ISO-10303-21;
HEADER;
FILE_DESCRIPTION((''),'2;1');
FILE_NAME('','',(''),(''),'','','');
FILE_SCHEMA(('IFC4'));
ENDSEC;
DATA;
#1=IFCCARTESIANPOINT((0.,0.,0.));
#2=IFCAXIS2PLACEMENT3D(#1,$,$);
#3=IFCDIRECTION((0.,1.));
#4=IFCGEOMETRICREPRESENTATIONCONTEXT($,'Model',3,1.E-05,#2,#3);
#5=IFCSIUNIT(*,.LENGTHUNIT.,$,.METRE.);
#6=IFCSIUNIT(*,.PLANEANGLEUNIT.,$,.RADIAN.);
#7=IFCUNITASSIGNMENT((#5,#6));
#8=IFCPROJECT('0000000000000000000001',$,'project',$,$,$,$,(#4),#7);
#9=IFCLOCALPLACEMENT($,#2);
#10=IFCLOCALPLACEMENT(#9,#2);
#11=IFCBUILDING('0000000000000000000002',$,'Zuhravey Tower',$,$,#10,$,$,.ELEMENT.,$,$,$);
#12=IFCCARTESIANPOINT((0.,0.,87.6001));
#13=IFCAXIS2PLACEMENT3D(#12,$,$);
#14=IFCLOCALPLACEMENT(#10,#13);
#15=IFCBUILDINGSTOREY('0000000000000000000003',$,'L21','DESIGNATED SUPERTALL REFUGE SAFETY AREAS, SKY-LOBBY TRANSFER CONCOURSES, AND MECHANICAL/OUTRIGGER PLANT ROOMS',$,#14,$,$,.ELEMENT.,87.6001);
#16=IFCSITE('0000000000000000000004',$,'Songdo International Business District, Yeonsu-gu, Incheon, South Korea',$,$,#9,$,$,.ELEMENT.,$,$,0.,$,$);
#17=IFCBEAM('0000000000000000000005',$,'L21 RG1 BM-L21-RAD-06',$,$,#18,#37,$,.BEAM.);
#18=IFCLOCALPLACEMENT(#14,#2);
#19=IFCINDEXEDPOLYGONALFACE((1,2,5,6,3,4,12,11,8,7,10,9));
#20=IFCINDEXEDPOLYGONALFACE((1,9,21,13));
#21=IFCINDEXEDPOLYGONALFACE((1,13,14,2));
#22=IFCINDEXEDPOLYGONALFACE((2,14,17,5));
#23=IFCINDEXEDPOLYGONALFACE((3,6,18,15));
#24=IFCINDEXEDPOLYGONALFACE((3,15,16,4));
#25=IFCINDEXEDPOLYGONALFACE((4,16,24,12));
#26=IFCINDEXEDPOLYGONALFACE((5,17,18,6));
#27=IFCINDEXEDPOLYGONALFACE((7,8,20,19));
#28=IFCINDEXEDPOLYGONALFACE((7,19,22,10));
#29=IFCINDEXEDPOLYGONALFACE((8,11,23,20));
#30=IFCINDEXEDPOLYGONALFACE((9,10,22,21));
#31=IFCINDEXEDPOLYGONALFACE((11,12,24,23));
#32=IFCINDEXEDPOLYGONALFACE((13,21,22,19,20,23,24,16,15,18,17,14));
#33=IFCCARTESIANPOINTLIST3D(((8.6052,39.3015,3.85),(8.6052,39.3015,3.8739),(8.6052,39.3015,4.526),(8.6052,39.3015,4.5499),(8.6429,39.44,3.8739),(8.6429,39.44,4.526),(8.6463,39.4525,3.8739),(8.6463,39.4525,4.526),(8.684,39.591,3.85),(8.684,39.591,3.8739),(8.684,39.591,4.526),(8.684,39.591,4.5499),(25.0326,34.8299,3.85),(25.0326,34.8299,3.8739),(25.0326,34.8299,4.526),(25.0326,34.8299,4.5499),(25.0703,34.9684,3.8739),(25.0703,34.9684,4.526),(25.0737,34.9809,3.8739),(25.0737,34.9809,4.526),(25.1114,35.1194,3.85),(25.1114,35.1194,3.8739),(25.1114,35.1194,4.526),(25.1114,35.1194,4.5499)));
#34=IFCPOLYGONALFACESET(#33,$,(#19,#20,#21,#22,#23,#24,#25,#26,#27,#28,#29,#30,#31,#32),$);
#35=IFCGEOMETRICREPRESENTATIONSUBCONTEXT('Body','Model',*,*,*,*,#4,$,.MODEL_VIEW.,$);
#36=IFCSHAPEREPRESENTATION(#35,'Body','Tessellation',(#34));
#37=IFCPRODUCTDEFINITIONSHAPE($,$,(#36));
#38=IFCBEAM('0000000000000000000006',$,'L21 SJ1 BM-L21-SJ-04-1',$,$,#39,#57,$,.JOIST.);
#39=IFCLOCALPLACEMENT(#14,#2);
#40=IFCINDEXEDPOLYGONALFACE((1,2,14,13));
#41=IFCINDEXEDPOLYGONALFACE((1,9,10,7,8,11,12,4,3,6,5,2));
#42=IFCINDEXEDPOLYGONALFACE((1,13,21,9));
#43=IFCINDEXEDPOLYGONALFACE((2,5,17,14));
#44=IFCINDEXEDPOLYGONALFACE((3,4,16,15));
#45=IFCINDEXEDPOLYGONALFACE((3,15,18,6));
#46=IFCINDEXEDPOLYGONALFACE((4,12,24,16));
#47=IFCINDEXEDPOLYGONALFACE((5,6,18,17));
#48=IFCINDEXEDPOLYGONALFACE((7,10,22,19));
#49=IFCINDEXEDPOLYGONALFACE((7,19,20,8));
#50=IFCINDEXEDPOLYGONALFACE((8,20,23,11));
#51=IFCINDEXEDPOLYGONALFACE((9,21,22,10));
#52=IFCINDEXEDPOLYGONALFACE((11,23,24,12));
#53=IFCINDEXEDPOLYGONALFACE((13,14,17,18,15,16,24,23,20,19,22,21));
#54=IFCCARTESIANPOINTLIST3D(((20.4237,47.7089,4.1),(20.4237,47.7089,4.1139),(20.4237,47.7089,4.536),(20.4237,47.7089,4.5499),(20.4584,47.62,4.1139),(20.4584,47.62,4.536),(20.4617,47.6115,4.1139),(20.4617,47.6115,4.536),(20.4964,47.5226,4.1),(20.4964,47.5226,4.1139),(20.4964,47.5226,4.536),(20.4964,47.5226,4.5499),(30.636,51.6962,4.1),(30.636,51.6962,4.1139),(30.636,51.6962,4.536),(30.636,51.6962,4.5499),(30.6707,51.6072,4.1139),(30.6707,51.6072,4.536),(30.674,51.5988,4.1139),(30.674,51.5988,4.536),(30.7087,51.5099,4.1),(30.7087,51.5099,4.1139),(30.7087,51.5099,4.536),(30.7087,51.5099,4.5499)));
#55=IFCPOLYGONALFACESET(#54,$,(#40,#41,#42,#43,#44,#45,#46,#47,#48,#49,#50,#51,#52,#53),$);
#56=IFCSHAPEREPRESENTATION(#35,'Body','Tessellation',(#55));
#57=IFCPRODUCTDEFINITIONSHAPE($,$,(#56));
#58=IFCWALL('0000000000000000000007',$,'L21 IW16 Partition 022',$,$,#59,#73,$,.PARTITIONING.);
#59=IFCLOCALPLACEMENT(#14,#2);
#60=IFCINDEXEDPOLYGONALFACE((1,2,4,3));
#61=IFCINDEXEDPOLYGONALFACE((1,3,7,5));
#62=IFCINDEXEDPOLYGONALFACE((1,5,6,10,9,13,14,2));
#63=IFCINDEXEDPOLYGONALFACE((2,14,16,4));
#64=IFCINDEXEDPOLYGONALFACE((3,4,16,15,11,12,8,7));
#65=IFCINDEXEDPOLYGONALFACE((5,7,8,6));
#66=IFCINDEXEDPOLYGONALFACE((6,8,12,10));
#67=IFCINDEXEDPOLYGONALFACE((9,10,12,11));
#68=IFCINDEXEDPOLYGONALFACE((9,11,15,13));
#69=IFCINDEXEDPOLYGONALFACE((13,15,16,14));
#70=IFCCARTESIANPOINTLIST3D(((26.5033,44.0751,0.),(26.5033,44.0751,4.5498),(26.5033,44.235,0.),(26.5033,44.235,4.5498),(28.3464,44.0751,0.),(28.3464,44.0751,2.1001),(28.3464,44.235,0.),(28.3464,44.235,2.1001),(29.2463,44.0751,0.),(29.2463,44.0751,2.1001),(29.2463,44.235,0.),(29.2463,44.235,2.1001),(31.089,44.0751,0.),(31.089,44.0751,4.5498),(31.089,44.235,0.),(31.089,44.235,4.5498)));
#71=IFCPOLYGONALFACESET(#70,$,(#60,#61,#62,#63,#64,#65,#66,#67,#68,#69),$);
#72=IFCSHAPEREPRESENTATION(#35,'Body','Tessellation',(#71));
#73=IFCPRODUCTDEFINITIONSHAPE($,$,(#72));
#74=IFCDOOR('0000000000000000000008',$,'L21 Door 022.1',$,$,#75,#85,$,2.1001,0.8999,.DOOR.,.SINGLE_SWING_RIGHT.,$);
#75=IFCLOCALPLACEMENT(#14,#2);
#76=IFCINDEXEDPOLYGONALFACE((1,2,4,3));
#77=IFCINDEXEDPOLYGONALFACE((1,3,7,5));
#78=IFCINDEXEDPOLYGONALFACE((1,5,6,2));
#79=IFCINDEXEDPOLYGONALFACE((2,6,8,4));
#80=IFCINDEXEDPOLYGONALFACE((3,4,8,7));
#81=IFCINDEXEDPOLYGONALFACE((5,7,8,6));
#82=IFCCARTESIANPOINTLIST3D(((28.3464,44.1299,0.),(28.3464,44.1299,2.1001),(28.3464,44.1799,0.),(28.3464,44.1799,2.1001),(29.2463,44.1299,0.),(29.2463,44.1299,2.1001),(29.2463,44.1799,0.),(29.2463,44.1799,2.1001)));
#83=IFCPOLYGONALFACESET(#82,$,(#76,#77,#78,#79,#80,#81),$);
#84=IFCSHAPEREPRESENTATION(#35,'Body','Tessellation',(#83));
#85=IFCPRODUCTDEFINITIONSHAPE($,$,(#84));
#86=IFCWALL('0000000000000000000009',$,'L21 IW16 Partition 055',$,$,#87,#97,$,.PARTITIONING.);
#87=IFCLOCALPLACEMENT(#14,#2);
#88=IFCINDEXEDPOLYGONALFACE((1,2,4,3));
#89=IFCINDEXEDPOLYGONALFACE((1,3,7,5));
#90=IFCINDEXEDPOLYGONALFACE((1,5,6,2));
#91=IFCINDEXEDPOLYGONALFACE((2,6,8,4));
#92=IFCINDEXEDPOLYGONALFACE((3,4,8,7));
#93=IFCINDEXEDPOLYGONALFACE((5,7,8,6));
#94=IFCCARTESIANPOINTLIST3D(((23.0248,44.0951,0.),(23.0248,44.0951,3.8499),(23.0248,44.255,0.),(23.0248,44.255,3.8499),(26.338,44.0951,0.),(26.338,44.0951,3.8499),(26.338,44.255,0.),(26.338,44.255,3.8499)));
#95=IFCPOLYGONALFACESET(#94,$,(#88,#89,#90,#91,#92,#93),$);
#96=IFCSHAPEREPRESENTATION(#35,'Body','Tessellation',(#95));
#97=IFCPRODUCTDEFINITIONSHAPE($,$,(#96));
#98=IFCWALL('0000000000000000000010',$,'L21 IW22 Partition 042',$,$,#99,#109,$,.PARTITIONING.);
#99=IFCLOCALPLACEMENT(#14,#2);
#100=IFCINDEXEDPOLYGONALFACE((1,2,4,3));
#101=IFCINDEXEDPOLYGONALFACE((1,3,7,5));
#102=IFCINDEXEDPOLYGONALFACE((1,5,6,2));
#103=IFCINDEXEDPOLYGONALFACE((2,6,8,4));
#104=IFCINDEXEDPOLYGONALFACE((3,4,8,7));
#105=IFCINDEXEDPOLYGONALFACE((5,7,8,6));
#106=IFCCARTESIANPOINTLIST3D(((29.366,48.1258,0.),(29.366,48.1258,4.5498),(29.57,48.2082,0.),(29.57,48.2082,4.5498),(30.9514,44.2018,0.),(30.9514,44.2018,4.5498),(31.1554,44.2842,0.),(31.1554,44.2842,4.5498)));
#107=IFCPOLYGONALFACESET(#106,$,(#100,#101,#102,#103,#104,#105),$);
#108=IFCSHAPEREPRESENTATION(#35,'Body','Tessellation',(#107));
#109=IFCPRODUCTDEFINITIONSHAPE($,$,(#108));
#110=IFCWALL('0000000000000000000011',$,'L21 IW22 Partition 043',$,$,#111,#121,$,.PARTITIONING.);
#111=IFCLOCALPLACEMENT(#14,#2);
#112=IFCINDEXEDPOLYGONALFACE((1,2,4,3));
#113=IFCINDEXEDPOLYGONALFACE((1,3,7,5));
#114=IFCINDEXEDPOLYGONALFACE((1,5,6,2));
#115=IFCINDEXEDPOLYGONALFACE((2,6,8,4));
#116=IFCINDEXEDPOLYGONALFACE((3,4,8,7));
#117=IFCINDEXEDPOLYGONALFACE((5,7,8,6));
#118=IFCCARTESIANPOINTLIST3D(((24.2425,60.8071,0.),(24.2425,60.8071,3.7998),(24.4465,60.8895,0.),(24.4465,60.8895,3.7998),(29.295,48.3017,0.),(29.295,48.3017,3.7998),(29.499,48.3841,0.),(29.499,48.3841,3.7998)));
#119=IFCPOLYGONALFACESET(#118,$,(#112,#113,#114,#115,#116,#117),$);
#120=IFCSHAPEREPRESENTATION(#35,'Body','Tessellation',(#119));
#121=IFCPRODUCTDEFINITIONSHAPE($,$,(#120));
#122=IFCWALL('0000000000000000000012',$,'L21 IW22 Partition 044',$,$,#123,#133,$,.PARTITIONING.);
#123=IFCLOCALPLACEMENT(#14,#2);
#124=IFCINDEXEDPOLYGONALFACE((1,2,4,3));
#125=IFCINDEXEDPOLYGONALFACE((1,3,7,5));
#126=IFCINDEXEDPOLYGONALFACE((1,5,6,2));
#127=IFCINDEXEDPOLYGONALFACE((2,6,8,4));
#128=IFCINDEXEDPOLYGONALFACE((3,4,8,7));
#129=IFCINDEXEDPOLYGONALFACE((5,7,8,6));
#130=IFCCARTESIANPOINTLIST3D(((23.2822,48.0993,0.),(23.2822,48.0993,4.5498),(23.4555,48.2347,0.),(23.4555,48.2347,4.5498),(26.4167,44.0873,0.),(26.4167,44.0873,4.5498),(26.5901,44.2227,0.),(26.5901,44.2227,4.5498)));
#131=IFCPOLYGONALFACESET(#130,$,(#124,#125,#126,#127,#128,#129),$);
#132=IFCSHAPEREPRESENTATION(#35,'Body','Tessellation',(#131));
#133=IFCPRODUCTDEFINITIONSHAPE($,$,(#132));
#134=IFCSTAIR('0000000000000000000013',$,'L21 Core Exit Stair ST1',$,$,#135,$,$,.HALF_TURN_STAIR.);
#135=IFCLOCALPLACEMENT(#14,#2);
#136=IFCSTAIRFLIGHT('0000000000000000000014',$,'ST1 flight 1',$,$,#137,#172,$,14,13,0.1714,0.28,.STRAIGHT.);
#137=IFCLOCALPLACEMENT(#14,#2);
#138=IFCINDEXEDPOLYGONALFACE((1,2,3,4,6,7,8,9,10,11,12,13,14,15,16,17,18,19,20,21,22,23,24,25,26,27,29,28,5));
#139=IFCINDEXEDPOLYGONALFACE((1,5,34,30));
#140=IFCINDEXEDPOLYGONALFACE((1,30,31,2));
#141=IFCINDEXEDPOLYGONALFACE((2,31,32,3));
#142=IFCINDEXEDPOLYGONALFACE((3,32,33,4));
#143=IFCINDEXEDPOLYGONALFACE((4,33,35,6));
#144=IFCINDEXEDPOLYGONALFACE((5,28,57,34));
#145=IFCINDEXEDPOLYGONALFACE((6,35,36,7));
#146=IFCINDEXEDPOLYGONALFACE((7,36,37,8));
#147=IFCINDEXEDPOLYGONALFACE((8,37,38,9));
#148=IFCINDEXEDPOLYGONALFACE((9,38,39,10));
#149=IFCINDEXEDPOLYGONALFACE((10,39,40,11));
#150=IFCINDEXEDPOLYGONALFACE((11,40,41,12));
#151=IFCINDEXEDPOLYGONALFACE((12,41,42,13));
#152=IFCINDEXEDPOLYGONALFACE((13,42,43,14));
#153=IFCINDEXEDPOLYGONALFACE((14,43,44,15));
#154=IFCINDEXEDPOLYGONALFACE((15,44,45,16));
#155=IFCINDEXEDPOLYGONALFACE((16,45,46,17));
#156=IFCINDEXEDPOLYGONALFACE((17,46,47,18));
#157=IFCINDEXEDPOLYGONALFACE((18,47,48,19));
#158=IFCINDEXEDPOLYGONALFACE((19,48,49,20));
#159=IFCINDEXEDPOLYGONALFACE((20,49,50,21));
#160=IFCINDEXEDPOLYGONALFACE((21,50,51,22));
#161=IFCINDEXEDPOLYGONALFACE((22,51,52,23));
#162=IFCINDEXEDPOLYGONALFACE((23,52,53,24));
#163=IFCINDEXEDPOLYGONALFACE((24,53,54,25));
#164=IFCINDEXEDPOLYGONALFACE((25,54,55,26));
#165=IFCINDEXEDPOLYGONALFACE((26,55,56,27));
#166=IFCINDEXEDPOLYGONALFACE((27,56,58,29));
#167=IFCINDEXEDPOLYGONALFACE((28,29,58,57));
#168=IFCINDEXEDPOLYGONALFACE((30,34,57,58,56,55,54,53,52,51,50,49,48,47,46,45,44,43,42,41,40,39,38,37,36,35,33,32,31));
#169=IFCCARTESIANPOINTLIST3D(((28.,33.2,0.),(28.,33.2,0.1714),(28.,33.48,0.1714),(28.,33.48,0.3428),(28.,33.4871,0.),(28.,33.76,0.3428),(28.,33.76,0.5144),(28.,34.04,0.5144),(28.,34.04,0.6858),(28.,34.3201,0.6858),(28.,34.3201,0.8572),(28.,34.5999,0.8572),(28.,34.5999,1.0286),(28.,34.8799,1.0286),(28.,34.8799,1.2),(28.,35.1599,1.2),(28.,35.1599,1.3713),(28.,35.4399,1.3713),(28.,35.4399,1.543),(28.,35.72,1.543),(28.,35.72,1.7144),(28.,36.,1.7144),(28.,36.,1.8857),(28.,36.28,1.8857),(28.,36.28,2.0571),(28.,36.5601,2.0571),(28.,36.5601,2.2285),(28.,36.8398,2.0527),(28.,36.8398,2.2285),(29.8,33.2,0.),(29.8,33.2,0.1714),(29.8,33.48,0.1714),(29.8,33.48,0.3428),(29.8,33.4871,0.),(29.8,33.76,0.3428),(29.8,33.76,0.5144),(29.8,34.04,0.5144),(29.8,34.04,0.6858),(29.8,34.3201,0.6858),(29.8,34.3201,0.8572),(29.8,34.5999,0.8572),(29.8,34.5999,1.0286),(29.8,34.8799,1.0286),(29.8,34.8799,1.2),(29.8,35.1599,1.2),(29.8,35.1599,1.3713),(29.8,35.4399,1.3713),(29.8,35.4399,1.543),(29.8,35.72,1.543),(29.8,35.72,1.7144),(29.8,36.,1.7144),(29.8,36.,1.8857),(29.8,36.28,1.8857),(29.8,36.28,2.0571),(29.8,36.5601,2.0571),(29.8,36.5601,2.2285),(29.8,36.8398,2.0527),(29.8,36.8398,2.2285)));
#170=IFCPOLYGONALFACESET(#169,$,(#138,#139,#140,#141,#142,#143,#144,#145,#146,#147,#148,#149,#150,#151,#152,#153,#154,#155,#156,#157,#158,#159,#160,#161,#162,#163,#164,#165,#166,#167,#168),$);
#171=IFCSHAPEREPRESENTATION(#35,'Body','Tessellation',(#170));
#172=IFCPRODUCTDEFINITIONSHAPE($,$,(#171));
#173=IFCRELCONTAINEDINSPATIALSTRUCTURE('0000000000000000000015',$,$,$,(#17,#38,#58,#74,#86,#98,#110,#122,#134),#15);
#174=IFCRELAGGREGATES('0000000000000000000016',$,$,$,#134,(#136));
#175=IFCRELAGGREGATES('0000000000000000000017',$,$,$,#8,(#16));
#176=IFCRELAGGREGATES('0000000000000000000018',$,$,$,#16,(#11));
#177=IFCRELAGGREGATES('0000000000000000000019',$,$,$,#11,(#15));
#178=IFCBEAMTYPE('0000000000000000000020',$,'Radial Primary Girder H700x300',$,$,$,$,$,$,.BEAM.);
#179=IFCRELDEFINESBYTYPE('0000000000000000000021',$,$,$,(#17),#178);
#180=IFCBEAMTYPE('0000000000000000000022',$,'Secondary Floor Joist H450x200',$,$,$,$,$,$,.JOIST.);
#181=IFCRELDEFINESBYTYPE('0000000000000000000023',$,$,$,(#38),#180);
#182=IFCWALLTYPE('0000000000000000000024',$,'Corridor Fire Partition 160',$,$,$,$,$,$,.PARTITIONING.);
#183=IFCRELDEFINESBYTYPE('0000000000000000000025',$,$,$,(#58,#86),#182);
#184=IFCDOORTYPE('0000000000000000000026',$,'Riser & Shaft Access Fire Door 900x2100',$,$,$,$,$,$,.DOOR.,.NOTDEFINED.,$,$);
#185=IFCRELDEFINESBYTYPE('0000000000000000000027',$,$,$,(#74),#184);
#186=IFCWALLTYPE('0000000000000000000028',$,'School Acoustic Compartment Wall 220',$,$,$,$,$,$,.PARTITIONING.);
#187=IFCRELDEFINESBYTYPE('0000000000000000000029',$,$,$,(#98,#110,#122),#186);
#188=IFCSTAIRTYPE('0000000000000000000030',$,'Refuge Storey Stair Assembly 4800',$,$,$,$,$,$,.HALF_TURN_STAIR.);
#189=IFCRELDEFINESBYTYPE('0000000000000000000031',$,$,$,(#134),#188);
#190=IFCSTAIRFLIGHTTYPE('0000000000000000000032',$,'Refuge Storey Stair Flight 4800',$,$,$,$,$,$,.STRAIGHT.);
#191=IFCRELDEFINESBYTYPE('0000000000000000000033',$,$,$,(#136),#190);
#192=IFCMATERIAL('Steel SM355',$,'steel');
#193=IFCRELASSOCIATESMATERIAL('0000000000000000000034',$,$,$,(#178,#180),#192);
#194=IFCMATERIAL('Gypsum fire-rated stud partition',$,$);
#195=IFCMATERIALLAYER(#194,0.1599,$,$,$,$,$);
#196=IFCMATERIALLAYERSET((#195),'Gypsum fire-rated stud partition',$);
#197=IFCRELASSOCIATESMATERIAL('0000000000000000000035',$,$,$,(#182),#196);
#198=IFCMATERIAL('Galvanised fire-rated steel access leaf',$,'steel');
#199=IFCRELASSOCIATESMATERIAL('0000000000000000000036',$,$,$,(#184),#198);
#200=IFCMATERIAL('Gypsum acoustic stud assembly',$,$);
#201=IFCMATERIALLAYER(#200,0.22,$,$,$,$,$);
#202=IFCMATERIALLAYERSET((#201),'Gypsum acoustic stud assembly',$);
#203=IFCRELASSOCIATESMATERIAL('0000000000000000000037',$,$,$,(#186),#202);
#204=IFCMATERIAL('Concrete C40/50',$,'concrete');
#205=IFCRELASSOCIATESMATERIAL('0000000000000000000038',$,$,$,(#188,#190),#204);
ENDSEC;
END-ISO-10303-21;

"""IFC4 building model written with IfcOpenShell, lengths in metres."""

from ifc_helpers import new_model, si_unit, direction, frame, frame_2d, origin, origin_2d, place, context, subcontext, project, spatial, polyline, rectangle, i_section, outline, extrude, material, layer, layer_set, material_profile, profile_set, type_object, element, fill, aggregate, save


model = new_model("IFC4")

# Units and contexts
model_context = context("Model", 3, precision=1e-05, world=origin(), true_north=direction((0.0, 1.0)))
body_context = subcontext(model_context, "Body", "Model", "MODEL_VIEW")
ifc_project = project(units=[si_unit("LENGTHUNIT", "METRE"), si_unit("PLANEANGLEUNIT", "RADIAN")], contexts=[model_context])

# Site, building, storey
site_placement = place(None, origin())
site = spatial("IfcSite", under=ifc_project, at=site_placement, Name="Songdo International Business District, Yeonsu-gu, Incheon, South Korea", CompositionType="ELEMENT", RefElevation=0.0)
building_placement = place(site_placement, origin())
building = spatial("IfcBuilding", under=site, at=building_placement, Name="Zuhravey Tower", CompositionType="ELEMENT")
storey_placement = place(building_placement, frame((0.0, 0.0, 87.6001)))
storey = spatial("IfcBuildingStorey", under=building, at=storey_placement, Name="L21", Description="DESIGNATED SUPERTALL REFUGE SAFETY AREAS, SKY-LOBBY TRANSFER CONCOURSES, AND MECHANICAL/OUTRIGGER PLANT ROOMS", CompositionType="ELEMENT", Elevation=87.6001)

# Shared definitions
ifc_material_1 = material(Name="Steel SM355", Category="steel")

# Beams
ifc_material_profile_1 = material_profile(ifc_material_1, i_section(OverallWidth=0.3, OverallDepth=0.7, WebThickness=0.0129, FlangeThickness=0.0239, at=origin_2d()), Name="H-700x300x13x24")
ifc_profile_set_1 = profile_set([ifc_material_profile_1], Name="Steel SM355")
beam_type_1 = type_object("IfcBeamType", Name="Radial Primary Girder H700x300", PredefinedType="BEAM", material=ifc_profile_set_1)
beam_1_placement = place(storey_placement, frame((25.072, 34.9746, 4.2), z_axis=(-0.964891, 0.26265, 0.0), x_axis=(-0.26265, -0.964891, 0.0)))
element("IfcBeam", 1, at=beam_1_placement, inside=storey, type_object=beam_type_1, Name="L21 RG1 BM-L21-RAD-06", PredefinedType="BEAM", context=body_context, shape_type="SweptSolid", body=[
    extrude(i_section(OverallWidth=0.3, OverallDepth=0.7, WebThickness=0.0129, FlangeThickness=0.0239, at=origin_2d()), origin(), (0.0, 0.0, 1.0), 17.0251),
])
ifc_material_profile_2 = material_profile(ifc_material_1, i_section(OverallWidth=0.2, OverallDepth=0.45, WebThickness=0.009, FlangeThickness=0.0139, at=origin_2d()), Name="H-450x200x9x14")
ifc_profile_set_2 = profile_set([ifc_material_profile_2], Name="Steel SM355")
beam_type_2 = type_object("IfcBeamType", Name="Secondary Floor Joist H450x200", PredefinedType="JOIST", material=ifc_profile_set_2)
beam_2_placement = place(storey_placement, frame((30.6724, 51.603, 4.325), z_axis=(-0.931517, -0.363699, 0.0), x_axis=(0.363699, -0.931517, 0.0)))
element("IfcBeam", 2, at=beam_2_placement, inside=storey, type_object=beam_type_2, Name="L21 SJ1 BM-L21-SJ-04-1", PredefinedType="JOIST", context=body_context, shape_type="SweptSolid", body=[
    extrude(i_section(OverallWidth=0.2, OverallDepth=0.45, WebThickness=0.009, FlangeThickness=0.0139, at=origin_2d()), origin(), (0.0, 0.0, 1.0), 10.9631),
])

# Wall, opening, door
ifc_material_2 = material(Name="Gypsum fire-rated stud partition")
ifc_layer_1 = layer(ifc_material_2, 0.1599)
ifc_layer_set_1 = layer_set([ifc_layer_1], Name="Gypsum fire-rated stud partition")
wall_type_1 = type_object("IfcWallType", Name="Corridor Fire Partition 160", PredefinedType="PARTITIONING", material=ifc_layer_set_1)
wall_1_placement = place(storey_placement, frame((31.0891, 44.155, 0.0), z_axis=(0.0, 0.0, 1.0), x_axis=(-1.0, 0.0, 0.0)))
wall_1 = element("IfcWall", 3, at=wall_1_placement, inside=storey, type_object=wall_type_1, Name="L21 IW16 Partition 022", PredefinedType="PARTITIONING", context=body_context, shape_type="SweptSolid", body=[
    extrude(rectangle(XDim=4.5857, YDim=0.1599, at=frame_2d((2.293, 0.0))), origin(), (0.0, 0.0, 1.0), 4.5498),
])
opening_placement = place(wall_1_placement, frame((1.8428, 0.0, 0.0)))
opening = element("IfcOpeningElement", 4, at=opening_placement, cuts=wall_1, PredefinedType="OPENING", context=body_context, shape_type="SweptSolid", body=[
    extrude(rectangle(XDim=0.8999, YDim=2.1001, at=frame_2d((0.45, 1.05))), frame((0.0, 0.092, 0.0), z_axis=(0.0, -1.0, 0.0), x_axis=(1.0, 0.0, 0.0)), (0.0, 0.0, 1.0), 0.1838),
])
ifc_material_3 = material(Name="Galvanised fire-rated steel access leaf", Category="steel")
door_type = type_object("IfcDoorType", Name="Riser & Shaft Access Fire Door 900x2100", OperationType="NOTDEFINED", PredefinedType="DOOR", material=ifc_material_3)
door_placement = place(opening_placement, frame((0.8999, 0.0, 0.0), z_axis=(0.0, 0.0, 1.0), x_axis=(-1.0, 0.0, 0.0)))
door = element("IfcDoor", 5, at=door_placement, inside=storey, type_object=door_type, Name="L21 Door 022.1", OperationType="SINGLE_SWING_RIGHT", OverallHeight=2.1001, OverallWidth=0.8999, PredefinedType="DOOR", context=body_context, shape_type="SweptSolid", body=[
    extrude(rectangle(XDim=0.8999, YDim=2.1001, at=frame_2d((0.45, 1.05))), frame((0.0, 0.0249, 0.0), z_axis=(0.0, -1.0, 0.0), x_axis=(1.0, 0.0, 0.0)), (0.0, 0.0, 1.0), 0.05),
])
fill(opening, door)

# Walls
wall_2_placement = place(storey_placement, frame((26.3381, 44.175, 0.0), z_axis=(0.0, 0.0, 1.0), x_axis=(-1.0, 0.0, 0.0)))
element("IfcWall", 6, at=wall_2_placement, inside=storey, type_object=wall_type_1, Name="L21 IW16 Partition 055", PredefinedType="PARTITIONING", context=body_context, shape_type="SweptSolid", body=[
    extrude(rectangle(XDim=3.3132, YDim=0.1599, at=frame_2d((1.6567, 0.0))), origin(), (0.0, 0.0, 1.0), 3.8499),
])
ifc_material_4 = material(Name="Gypsum acoustic stud assembly")
ifc_layer_2 = layer(ifc_material_4, 0.22)
ifc_layer_set_2 = layer_set([ifc_layer_2], Name="Gypsum acoustic stud assembly")
wall_type_2 = type_object("IfcWallType", Name="School Acoustic Compartment Wall 220", PredefinedType="PARTITIONING", material=ifc_layer_set_2)
wall_3_placement = place(storey_placement, frame((31.0535, 44.2429, 0.0), z_axis=(0.0, 0.0, 1.0), x_axis=(-0.374611, 0.927182, 0.0)))
element("IfcWall", 7, at=wall_3_placement, inside=storey, type_object=wall_type_2, Name="L21 IW22 Partition 042", PredefinedType="PARTITIONING", context=body_context, shape_type="SweptSolid", body=[
    extrude(rectangle(XDim=4.2322, YDim=0.22, at=frame_2d((2.1162, 0.0))), origin(), (0.0, 0.0, 1.0), 4.5498),
])
wall_4_placement = place(storey_placement, frame((29.397, 48.343, 0.0), z_axis=(0.0, 0.0, 1.0), x_axis=(-0.374606, 0.927184, 0.0)))
element("IfcWall", 8, at=wall_4_placement, inside=storey, type_object=wall_type_2, Name="L21 IW22 Partition 043", PredefinedType="PARTITIONING", context=body_context, shape_type="SweptSolid", body=[
    extrude(rectangle(XDim=13.4875, YDim=0.22, at=frame_2d((6.7437, 0.0))), origin(), (0.0, 0.0, 1.0), 3.7998),
])
wall_5_placement = place(storey_placement, frame((26.5034, 44.155, 0.0), z_axis=(0.0, 0.0, 1.0), x_axis=(-0.615665, 0.788008, 0.0)))
element("IfcWall", 9, at=wall_5_placement, inside=storey, type_object=wall_type_2, Name="L21 IW22 Partition 044", PredefinedType="PARTITIONING", context=body_context, shape_type="SweptSolid", body=[
    extrude(rectangle(XDim=5.0913, YDim=0.22, at=frame_2d((2.5457, 0.0))), origin(), (0.0, 0.0, 1.0), 4.5498),
])

# Stair, stair flight
ifc_material_5 = material(Name="Concrete C40/50", Category="concrete")
stair_type = type_object("IfcStairType", Name="Refuge Storey Stair Assembly 4800", PredefinedType="HALF_TURN_STAIR", material=ifc_material_5)
stair_1_placement = place(storey_placement, origin())
stair_1 = element("IfcStair", 10, at=stair_1_placement, inside=storey, type_object=stair_type, Name="L21 Core Exit Stair ST1", PredefinedType="HALF_TURN_STAIR")
stair_flight_type = type_object("IfcStairFlightType", Name="Refuge Storey Stair Flight 4800", PredefinedType="STRAIGHT", material=ifc_material_5)
stair_flight_1_placement = place(storey_placement, frame((28.8999, 33.2, 0.0), z_axis=(0.0, 0.0, 1.0), x_axis=(0.0, 1.0, 0.0)))
stair_flight_1 = element("IfcStairFlight", 11, at=stair_flight_1_placement, type_object=stair_flight_type, Name="ST1 flight 1", NumberOfRisers=14, NumberOfTreads=13, PredefinedType="STRAIGHT", RiserHeight=0.1714, TreadLength=0.28, context=body_context, shape_type="SweptSolid", body=[
    extrude(outline(polyline([(0.0, 0.0), (0.0, 0.1714), (0.28, 0.1714), (0.28, 0.3428), (0.5601, 0.3428), (0.5601, 0.5144), (0.8401, 0.5144), (0.8401, 0.6858), (1.1201, 0.6858), (1.1201, 0.8572), (1.3999, 0.8572), (1.3999, 1.0286), (1.6799, 1.0286), (1.6799, 1.2), (1.96, 1.2), (1.96, 1.3713), (2.24, 1.3713), (2.24, 1.543), (2.52, 1.543), (2.52, 1.7144), (2.8, 1.7144), (2.8, 1.8857), (3.0801, 1.8857), (3.0801, 2.0571), (3.3601, 2.0571), (3.3601, 2.2285), (3.6399, 2.2285), (3.6399, 2.3999), (3.6399, 2.0527), (0.2871, 0.0), (0.0, 0.0)])), frame((0.0, 0.8999, 0.0), z_axis=(0.0, -1.0, 0.0), x_axis=(1.0, 0.0, 0.0)), (0.0, 0.0, 1.0), 1.8),
])
aggregate(stair_1, [stair_flight_1])

save(model, "model.ifc")
